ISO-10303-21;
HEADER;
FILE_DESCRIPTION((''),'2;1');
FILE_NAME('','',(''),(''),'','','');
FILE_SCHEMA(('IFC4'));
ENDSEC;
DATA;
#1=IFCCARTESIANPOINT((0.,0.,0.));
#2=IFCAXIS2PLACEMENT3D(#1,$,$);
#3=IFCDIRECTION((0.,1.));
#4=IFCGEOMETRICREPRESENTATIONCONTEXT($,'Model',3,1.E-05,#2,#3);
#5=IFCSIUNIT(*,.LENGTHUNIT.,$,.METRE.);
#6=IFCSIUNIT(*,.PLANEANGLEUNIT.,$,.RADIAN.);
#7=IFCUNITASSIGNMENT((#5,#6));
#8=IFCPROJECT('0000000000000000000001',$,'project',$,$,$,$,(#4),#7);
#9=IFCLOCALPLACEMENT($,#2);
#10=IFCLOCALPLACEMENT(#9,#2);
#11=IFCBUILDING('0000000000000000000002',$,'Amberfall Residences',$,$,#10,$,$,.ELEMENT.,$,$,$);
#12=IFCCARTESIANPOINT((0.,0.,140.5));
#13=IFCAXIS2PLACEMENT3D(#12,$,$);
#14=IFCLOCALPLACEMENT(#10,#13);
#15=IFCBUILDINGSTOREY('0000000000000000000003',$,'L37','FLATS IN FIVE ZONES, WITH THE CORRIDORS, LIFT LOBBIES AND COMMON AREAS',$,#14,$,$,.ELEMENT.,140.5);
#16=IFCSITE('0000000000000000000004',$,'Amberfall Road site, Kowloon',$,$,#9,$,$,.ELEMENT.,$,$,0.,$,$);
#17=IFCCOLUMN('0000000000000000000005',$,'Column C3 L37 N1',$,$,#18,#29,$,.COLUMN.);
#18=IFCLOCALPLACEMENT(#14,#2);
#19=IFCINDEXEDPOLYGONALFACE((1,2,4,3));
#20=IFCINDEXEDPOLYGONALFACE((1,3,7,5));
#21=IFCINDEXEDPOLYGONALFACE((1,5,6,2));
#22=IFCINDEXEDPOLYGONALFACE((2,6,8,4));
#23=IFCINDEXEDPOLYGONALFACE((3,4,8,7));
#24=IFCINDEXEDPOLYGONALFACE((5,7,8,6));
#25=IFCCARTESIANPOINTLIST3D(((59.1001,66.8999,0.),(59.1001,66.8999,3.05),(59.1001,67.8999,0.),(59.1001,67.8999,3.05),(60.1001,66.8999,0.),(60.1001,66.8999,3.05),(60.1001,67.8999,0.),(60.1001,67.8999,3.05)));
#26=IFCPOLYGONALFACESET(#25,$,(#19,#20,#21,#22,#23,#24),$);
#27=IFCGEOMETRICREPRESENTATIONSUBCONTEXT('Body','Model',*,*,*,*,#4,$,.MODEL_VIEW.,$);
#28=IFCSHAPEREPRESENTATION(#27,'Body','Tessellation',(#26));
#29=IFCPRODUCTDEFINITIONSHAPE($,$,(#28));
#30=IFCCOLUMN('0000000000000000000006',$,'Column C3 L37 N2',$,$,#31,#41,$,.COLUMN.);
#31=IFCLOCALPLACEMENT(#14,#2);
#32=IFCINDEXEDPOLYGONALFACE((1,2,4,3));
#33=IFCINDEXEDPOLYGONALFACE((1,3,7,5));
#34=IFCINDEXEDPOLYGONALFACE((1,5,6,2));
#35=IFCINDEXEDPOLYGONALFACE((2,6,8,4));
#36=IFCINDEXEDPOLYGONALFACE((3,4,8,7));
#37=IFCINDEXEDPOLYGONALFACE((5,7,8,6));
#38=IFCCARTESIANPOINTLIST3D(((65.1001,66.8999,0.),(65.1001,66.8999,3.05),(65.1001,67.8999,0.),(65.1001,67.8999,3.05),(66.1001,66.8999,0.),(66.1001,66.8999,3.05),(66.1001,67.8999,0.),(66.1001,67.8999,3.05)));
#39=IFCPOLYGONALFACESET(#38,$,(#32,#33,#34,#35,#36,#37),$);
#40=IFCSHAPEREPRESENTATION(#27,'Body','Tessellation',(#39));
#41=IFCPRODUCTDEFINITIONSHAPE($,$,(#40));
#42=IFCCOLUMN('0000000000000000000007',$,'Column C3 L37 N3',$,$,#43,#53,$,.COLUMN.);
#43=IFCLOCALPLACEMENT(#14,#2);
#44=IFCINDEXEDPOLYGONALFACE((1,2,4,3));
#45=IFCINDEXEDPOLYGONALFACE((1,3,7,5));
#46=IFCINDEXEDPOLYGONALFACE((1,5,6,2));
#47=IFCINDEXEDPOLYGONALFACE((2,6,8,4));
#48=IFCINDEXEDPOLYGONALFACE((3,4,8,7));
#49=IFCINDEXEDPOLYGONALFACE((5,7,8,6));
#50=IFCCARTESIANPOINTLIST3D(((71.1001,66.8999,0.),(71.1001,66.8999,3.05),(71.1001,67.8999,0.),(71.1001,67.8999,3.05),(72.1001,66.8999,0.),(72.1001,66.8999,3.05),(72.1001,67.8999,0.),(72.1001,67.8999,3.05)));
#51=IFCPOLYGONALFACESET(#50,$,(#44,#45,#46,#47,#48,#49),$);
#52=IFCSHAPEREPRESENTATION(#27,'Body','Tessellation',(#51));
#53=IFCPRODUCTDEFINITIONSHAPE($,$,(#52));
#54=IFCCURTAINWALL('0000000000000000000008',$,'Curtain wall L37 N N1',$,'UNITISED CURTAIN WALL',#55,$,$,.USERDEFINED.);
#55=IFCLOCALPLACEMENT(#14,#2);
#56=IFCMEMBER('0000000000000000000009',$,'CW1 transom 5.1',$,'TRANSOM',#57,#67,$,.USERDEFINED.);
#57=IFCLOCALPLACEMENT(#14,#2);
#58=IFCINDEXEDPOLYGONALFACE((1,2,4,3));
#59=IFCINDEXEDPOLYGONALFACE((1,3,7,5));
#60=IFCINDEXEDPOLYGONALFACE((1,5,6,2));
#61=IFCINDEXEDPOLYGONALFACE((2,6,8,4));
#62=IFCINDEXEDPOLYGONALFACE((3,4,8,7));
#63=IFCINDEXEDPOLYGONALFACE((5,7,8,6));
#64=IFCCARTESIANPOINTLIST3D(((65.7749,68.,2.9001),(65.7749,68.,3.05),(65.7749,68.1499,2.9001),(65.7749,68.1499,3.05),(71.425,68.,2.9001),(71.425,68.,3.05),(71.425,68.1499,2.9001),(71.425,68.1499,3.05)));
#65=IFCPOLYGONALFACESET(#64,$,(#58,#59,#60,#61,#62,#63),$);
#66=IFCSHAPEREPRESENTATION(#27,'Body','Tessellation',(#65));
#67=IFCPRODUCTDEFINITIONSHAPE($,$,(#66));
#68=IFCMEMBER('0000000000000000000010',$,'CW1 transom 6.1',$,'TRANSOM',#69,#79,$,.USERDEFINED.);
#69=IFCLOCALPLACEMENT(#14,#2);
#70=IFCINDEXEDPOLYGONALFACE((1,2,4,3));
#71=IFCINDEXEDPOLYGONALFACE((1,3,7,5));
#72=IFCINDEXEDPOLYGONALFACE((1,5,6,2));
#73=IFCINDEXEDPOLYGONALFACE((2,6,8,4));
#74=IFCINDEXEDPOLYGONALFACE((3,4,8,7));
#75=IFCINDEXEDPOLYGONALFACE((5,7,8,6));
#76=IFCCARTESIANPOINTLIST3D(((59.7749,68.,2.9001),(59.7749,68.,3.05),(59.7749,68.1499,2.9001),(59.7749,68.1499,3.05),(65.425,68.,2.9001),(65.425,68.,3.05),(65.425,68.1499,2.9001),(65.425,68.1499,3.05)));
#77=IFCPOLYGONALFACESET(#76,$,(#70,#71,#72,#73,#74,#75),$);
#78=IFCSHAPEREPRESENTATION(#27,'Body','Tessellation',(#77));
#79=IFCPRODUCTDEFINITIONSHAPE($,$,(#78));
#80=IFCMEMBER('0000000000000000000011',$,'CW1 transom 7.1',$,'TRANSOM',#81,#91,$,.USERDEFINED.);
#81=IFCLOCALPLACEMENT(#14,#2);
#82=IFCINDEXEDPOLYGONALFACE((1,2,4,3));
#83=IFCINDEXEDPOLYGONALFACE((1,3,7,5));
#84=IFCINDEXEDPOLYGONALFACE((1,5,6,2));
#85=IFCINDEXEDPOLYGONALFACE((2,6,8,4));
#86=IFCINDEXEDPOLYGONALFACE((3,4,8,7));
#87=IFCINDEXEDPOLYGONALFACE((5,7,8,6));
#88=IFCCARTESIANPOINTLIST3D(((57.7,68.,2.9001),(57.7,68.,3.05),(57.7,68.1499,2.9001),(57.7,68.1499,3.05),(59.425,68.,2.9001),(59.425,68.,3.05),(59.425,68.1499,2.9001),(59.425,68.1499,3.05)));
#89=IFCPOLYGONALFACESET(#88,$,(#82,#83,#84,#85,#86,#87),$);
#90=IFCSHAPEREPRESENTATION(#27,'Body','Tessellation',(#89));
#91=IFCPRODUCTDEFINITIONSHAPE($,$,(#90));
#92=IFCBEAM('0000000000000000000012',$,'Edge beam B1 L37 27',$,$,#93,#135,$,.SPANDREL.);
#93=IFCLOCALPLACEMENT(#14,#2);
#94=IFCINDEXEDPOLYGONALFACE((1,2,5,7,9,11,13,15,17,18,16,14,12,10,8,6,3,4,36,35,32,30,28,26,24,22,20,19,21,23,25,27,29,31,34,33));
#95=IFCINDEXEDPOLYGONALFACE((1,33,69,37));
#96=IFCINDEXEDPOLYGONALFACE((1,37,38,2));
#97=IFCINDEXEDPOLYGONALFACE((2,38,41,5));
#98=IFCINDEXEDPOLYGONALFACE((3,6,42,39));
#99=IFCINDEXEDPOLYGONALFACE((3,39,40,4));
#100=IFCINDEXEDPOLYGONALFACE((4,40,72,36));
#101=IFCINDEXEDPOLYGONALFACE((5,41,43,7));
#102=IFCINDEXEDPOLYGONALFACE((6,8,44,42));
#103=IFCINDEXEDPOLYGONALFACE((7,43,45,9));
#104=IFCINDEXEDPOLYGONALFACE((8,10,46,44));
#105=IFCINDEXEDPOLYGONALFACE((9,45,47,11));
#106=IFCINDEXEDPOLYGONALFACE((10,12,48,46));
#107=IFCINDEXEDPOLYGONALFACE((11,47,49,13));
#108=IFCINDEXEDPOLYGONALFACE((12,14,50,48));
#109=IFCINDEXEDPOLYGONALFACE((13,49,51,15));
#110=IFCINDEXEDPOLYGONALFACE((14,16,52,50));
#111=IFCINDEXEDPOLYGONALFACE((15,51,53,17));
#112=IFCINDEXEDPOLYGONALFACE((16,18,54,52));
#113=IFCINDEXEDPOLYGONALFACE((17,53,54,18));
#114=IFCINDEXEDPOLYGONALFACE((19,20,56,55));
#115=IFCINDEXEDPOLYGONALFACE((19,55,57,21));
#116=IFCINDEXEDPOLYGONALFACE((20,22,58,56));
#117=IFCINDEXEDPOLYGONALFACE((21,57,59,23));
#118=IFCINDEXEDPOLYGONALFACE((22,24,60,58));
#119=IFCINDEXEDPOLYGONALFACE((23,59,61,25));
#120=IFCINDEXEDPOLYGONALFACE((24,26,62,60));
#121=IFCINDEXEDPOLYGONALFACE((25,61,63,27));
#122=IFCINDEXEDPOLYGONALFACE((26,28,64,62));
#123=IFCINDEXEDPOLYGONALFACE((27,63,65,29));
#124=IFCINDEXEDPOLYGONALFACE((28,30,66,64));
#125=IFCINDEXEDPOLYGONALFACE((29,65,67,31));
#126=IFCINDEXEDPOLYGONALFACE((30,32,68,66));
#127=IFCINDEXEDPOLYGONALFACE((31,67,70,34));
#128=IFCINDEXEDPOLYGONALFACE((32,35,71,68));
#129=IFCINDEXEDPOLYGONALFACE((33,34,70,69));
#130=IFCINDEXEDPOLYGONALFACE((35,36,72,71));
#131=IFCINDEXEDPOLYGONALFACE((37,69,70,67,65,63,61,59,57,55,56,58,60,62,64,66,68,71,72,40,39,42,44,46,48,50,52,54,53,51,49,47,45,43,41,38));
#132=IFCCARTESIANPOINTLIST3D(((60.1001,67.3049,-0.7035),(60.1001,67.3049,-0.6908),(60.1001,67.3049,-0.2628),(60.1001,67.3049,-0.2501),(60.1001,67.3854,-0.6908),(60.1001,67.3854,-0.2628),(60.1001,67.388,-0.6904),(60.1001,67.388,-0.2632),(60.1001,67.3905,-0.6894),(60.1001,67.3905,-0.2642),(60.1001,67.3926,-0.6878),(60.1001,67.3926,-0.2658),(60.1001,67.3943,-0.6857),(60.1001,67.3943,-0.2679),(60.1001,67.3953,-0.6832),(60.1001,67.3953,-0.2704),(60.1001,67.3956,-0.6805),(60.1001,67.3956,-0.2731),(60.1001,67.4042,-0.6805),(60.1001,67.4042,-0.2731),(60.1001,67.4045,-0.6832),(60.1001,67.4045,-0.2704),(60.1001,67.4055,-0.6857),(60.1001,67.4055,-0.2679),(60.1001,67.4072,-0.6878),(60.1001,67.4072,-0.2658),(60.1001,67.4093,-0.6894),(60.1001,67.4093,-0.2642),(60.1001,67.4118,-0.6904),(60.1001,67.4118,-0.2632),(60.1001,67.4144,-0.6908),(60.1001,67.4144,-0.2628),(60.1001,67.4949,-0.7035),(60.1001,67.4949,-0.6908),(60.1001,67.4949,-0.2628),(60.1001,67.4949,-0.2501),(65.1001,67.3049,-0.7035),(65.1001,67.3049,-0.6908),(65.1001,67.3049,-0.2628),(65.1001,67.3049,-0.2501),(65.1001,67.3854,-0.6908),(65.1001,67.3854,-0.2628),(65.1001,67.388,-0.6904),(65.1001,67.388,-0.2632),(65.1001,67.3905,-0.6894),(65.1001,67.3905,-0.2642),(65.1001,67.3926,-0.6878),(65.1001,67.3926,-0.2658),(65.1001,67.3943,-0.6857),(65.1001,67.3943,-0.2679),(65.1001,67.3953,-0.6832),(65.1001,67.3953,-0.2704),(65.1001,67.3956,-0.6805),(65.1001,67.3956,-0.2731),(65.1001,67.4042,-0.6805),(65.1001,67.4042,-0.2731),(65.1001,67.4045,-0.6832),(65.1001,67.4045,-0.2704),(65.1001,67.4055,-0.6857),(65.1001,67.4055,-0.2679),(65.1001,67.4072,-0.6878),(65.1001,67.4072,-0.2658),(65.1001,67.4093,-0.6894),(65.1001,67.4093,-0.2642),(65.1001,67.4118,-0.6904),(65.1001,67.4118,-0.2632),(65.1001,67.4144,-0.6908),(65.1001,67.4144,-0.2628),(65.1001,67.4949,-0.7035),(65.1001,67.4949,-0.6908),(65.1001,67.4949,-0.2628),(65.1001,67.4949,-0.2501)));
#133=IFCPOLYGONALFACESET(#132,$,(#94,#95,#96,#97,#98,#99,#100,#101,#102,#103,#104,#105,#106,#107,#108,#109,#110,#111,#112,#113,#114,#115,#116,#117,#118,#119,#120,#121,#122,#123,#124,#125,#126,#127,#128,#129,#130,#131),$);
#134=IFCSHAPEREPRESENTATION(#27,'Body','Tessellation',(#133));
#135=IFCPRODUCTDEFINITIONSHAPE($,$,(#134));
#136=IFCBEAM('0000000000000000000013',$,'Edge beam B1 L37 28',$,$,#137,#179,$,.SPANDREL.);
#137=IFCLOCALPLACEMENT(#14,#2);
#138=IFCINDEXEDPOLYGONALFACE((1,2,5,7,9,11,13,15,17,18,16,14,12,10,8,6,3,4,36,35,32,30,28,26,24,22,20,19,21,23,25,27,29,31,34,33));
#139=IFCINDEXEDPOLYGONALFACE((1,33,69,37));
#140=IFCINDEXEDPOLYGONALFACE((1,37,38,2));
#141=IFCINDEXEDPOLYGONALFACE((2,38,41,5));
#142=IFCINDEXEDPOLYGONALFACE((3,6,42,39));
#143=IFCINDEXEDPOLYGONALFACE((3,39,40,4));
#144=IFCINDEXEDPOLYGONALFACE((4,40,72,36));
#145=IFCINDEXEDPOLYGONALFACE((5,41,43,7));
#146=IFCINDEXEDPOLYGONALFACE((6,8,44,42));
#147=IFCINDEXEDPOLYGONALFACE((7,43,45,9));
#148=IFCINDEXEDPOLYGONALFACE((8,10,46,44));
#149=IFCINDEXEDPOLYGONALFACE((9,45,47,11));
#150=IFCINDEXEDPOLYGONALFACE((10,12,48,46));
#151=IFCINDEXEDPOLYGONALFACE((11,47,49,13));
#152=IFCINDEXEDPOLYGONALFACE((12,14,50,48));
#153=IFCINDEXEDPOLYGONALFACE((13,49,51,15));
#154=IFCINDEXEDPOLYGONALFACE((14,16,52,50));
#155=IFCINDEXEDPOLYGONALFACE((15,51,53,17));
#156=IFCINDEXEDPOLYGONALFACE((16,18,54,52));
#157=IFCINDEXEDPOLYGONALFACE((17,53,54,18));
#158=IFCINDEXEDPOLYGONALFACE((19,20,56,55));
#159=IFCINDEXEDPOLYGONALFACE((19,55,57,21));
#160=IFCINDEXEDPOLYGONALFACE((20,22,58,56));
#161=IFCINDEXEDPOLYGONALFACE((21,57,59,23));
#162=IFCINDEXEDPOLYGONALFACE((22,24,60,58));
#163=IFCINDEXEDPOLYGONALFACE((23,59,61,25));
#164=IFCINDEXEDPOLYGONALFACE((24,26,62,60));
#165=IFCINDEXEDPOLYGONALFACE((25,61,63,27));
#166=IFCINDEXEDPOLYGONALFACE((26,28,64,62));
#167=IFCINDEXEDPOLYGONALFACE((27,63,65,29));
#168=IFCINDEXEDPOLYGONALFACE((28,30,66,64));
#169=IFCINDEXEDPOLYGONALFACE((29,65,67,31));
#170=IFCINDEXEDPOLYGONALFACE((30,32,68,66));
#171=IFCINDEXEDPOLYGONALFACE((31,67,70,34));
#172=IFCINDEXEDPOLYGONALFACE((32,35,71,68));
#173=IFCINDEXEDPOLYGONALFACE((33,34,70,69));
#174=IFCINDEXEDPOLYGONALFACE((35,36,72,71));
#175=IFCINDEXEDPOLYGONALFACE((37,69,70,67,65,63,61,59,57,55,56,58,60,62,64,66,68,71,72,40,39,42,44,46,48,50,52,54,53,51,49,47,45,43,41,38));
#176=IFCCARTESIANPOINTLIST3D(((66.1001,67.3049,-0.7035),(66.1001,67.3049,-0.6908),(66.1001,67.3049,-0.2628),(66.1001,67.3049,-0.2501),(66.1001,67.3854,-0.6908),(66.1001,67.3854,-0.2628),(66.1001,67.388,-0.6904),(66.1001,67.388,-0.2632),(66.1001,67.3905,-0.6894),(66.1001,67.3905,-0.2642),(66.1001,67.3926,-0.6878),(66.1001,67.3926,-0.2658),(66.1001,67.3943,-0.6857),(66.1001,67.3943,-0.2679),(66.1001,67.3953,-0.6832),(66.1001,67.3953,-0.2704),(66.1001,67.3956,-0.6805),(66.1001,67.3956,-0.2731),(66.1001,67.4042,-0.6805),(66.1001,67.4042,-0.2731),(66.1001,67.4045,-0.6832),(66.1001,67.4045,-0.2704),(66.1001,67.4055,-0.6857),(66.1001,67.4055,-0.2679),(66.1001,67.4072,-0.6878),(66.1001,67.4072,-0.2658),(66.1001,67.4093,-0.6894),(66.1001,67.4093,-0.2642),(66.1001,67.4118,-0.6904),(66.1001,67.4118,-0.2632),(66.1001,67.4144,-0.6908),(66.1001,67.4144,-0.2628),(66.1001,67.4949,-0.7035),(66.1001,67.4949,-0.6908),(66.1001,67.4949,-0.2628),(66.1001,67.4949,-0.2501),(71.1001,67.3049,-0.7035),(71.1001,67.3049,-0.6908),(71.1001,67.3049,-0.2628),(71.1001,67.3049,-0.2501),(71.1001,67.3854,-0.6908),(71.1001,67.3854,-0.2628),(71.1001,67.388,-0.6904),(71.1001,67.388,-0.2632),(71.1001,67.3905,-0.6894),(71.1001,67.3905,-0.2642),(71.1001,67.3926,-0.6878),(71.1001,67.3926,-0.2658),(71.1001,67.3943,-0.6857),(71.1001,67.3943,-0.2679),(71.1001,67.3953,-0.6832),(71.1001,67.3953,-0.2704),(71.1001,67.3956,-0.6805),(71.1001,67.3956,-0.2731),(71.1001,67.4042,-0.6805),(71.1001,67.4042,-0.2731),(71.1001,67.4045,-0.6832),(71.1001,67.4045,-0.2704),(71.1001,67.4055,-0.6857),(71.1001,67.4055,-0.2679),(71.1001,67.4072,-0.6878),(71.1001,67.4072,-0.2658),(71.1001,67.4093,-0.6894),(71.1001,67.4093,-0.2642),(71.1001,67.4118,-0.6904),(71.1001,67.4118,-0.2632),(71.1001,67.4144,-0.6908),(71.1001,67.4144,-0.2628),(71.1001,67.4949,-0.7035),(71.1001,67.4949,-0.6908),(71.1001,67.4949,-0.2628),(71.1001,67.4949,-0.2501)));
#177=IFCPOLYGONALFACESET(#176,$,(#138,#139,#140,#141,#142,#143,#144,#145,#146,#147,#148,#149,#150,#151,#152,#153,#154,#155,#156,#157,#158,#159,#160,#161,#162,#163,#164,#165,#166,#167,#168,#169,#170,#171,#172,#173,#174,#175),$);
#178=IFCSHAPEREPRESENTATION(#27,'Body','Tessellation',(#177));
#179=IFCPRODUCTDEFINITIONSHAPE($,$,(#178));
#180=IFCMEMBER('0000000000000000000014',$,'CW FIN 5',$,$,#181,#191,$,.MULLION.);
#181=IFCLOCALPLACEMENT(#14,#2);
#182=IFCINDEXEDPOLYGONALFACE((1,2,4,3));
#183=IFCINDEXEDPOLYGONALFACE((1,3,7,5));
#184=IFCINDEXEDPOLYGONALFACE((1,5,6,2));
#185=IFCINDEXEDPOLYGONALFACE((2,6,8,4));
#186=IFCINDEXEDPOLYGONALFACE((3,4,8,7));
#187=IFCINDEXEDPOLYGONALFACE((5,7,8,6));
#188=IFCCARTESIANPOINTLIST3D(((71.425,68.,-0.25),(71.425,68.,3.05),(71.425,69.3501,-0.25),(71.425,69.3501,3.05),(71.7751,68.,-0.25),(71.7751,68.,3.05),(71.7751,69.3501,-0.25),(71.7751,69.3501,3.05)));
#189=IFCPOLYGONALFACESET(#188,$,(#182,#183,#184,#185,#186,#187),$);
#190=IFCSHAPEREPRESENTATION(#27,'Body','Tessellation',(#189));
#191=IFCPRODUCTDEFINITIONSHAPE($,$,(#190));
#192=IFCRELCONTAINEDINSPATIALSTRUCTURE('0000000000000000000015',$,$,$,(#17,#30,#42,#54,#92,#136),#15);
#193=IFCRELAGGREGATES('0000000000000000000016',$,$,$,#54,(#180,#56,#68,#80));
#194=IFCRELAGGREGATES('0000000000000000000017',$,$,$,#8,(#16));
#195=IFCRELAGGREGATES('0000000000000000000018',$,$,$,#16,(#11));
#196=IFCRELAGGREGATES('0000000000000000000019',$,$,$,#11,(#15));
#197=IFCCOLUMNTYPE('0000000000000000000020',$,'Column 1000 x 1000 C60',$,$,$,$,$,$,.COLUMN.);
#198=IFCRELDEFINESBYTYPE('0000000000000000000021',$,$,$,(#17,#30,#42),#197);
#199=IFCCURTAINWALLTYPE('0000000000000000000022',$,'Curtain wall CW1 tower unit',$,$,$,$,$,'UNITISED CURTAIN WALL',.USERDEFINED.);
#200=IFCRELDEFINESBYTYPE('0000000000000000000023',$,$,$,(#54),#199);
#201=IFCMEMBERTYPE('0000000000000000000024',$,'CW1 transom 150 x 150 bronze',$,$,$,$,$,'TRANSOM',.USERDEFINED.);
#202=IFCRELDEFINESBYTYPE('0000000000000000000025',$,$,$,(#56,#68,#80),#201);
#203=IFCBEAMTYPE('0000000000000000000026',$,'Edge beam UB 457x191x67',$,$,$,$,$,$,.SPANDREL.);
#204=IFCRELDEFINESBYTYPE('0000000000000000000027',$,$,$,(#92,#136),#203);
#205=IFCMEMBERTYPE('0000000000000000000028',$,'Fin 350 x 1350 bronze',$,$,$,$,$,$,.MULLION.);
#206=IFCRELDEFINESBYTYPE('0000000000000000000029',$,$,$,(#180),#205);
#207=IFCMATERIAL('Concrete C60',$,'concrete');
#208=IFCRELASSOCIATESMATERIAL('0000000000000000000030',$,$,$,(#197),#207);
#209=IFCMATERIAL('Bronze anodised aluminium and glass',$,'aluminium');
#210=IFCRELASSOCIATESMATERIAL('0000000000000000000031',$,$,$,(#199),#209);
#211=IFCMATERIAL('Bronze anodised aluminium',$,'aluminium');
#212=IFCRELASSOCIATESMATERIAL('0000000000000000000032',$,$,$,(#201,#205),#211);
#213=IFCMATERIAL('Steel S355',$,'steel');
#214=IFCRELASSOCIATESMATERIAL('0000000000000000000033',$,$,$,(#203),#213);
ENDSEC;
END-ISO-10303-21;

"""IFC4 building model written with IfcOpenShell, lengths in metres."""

from ifc_helpers import new_model, si_unit, direction, frame, origin, origin_2d, place, context, subcontext, project, spatial, rectangle, i_section, extrude, material, material_profile, profile_set, type_object, element, aggregate, save


model = new_model("IFC4")

# Units and contexts
model_context = context("Model", 3, precision=1e-05, world=origin(), true_north=direction((0.0, 1.0)))
body_context = subcontext(model_context, "Body", "Model", "MODEL_VIEW")
ifc_project = project(units=[si_unit("LENGTHUNIT", "METRE"), si_unit("PLANEANGLEUNIT", "RADIAN")], contexts=[model_context])

# Site, building, storey
site_placement = place(None, origin())
site = spatial("IfcSite", under=ifc_project, at=site_placement, Name="Amberfall Road site, Kowloon", CompositionType="ELEMENT", RefElevation=0.0)
building_placement = place(site_placement, origin())
building = spatial("IfcBuilding", under=site, at=building_placement, Name="Amberfall Residences", CompositionType="ELEMENT")
storey_placement = place(building_placement, frame((0.0, 0.0, 140.5)))
storey = spatial("IfcBuildingStorey", under=building, at=storey_placement, Name="L37", Description="FLATS IN FIVE ZONES, WITH THE CORRIDORS, LIFT LOBBIES AND COMMON AREAS", CompositionType="ELEMENT", Elevation=140.5)

# Columns
ifc_material_1 = material(Name="Concrete C60", Category="concrete")
ifc_material_profile_1 = material_profile(ifc_material_1, rectangle(XDim=1.0, YDim=1.0, at=origin_2d()), Name="Column 1000 x 1000 C60")
ifc_profile_set_1 = profile_set([ifc_material_profile_1], Name="Concrete C60")
column_type = type_object("IfcColumnType", Name="Column 1000 x 1000 C60", PredefinedType="COLUMN", material=ifc_profile_set_1)
for number, where, z_axis, x_axis, name in (
    (1, (59.6001, 67.3999, 0.0), (0.0, 0.0, 1.0), (1.0, 0.0, 0.0), "Column C3 L37 N1"),
    (2, (65.6001, 67.3999, 0.0), (0.0, 0.0, 1.0), (1.0, 0.0, 0.0), "Column C3 L37 N2"),
    (3, (71.6001, 67.3999, 0.0), (0.0, 0.0, 1.0), (1.0, 0.0, 0.0), "Column C3 L37 N3"),
):
    element("IfcColumn", number, at=place(storey_placement, frame(where, z_axis=z_axis, x_axis=x_axis)), inside=storey, type_object=column_type, Name=name, PredefinedType="COLUMN", context=body_context, shape_type="SweptSolid", body=[
        extrude(rectangle(XDim=1.0, YDim=1.0, at=origin_2d()), origin(), (0.0, 0.0, 1.0), 3.05),
    ])

# Curtain wall, members
ifc_material_2 = material(Name="Bronze anodised aluminium and glass", Category="aluminium")
curtain_wall_type = type_object("IfcCurtainWallType", Name="Curtain wall CW1 tower unit", ElementType="UNITISED CURTAIN WALL", PredefinedType="USERDEFINED", material=ifc_material_2)
curtain_wall_placement = place(storey_placement, origin())
curtain_wall = element("IfcCurtainWall", 4, at=curtain_wall_placement, inside=storey, type_object=curtain_wall_type, Name="Curtain wall L37 N N1", ObjectType="UNITISED CURTAIN WALL", PredefinedType="USERDEFINED")
ifc_material_3 = material(Name="Bronze anodised aluminium", Category="aluminium")
ifc_material_profile_2 = material_profile(ifc_material_3, rectangle(XDim=0.1499, YDim=0.1499, at=origin_2d()), Name="CW1 transom 150 x 150 bronze")
ifc_profile_set_2 = profile_set([ifc_material_profile_2], Name="Bronze anodised aluminium")
member_type_1 = type_object("IfcMemberType", Name="CW1 transom 150 x 150 bronze", ElementType="TRANSOM", PredefinedType="USERDEFINED", material=ifc_profile_set_2)
member_1_placement = place(storey_placement, frame((71.425, 68.075, 2.9751), z_axis=(-1.0, 0.0, 0.0), x_axis=(0.0, -1.0, 0.0)))
member_1 = element("IfcMember", 5, at=member_1_placement, type_object=member_type_1, Name="CW1 transom 5.1", ObjectType="TRANSOM", PredefinedType="USERDEFINED", context=body_context, shape_type="SweptSolid", body=[
    extrude(rectangle(XDim=0.1499, YDim=0.1499, at=origin_2d()), origin(), (0.0, 0.0, 1.0), 5.6501),
])
member_2_placement = place(storey_placement, frame((65.425, 68.075, 2.9751), z_axis=(-1.0, 0.0, 0.0), x_axis=(0.0, -1.0, 0.0)))
member_2 = element("IfcMember", 6, at=member_2_placement, type_object=member_type_1, Name="CW1 transom 6.1", ObjectType="TRANSOM", PredefinedType="USERDEFINED", context=body_context, shape_type="SweptSolid", body=[
    extrude(rectangle(XDim=0.1499, YDim=0.1499, at=origin_2d()), origin(), (0.0, 0.0, 1.0), 5.6501),
])
member_3_placement = place(storey_placement, frame((59.425, 68.075, 2.9751), z_axis=(-1.0, 0.0, 0.0), x_axis=(0.0, -1.0, 0.0)))
member_3 = element("IfcMember", 7, at=member_3_placement, type_object=member_type_1, Name="CW1 transom 7.1", ObjectType="TRANSOM", PredefinedType="USERDEFINED", context=body_context, shape_type="SweptSolid", body=[
    extrude(rectangle(XDim=0.1499, YDim=0.1499, at=origin_2d()), origin(), (0.0, 0.0, 1.0), 1.7251),
])

# Beams
ifc_material_4 = material(Name="Steel S355", Category="steel")
ifc_material_profile_3 = material_profile(ifc_material_4, i_section(OverallWidth=0.1899, OverallDepth=0.4534, WebThickness=0.0085, FlangeThickness=0.0127, FilletRadius=0.0103, at=origin_2d()), Name="UB 457x191x67")
ifc_profile_set_3 = profile_set([ifc_material_profile_3], Name="Steel S355")
beam_type_1 = type_object("IfcBeamType", Name="Edge beam UB 457x191x67", PredefinedType="SPANDREL", material=ifc_profile_set_3)
for number, where, z_axis, x_axis, name in (
    (8, (60.1001, 67.3999, -0.4768), (1.0, 0.0, 0.0), (0.0, 1.0, 0.0), "Edge beam B1 L37 27"),
    (9, (66.1001, 67.3999, -0.4768), (1.0, 0.0, 0.0), (0.0, 1.0, 0.0), "Edge beam B1 L37 28"),
):
    element("IfcBeam", number, at=place(storey_placement, frame(where, z_axis=z_axis, x_axis=x_axis)), inside=storey, type_object=beam_type_1, Name=name, PredefinedType="SPANDREL", context=body_context, shape_type="SweptSolid", body=[
        extrude(i_section(OverallWidth=0.1899, OverallDepth=0.4534, WebThickness=0.0085, FlangeThickness=0.0127, FilletRadius=0.0103, at=origin_2d()), origin(), (0.0, 0.0, 1.0), 5.0),
    ])

# Member
ifc_material_profile_4 = material_profile(ifc_material_3, rectangle(XDim=1.3501, YDim=0.3501, at=origin_2d()), Name="Fin 350 x 1350 bronze")
ifc_profile_set_4 = profile_set([ifc_material_profile_4], Name="Bronze anodised aluminium")
member_type_2 = type_object("IfcMemberType", Name="Fin 350 x 1350 bronze", PredefinedType="MULLION", material=ifc_profile_set_4)
member_4_placement = place(storey_placement, frame((71.6001, 68.675, -0.25), z_axis=(0.0, 0.0, 1.0), x_axis=(0.0, -1.0, 0.0)))
member_4 = element("IfcMember", 10, at=member_4_placement, type_object=member_type_2, Name="CW FIN 5", PredefinedType="MULLION", context=body_context, shape_type="SweptSolid", body=[
    extrude(rectangle(XDim=1.3501, YDim=0.3501, at=origin_2d()), origin(), (0.0, 0.0, 1.0), 3.3),
])

aggregate(curtain_wall, [member_4, member_1, member_2, member_3])

save(model, "model.ifc")
